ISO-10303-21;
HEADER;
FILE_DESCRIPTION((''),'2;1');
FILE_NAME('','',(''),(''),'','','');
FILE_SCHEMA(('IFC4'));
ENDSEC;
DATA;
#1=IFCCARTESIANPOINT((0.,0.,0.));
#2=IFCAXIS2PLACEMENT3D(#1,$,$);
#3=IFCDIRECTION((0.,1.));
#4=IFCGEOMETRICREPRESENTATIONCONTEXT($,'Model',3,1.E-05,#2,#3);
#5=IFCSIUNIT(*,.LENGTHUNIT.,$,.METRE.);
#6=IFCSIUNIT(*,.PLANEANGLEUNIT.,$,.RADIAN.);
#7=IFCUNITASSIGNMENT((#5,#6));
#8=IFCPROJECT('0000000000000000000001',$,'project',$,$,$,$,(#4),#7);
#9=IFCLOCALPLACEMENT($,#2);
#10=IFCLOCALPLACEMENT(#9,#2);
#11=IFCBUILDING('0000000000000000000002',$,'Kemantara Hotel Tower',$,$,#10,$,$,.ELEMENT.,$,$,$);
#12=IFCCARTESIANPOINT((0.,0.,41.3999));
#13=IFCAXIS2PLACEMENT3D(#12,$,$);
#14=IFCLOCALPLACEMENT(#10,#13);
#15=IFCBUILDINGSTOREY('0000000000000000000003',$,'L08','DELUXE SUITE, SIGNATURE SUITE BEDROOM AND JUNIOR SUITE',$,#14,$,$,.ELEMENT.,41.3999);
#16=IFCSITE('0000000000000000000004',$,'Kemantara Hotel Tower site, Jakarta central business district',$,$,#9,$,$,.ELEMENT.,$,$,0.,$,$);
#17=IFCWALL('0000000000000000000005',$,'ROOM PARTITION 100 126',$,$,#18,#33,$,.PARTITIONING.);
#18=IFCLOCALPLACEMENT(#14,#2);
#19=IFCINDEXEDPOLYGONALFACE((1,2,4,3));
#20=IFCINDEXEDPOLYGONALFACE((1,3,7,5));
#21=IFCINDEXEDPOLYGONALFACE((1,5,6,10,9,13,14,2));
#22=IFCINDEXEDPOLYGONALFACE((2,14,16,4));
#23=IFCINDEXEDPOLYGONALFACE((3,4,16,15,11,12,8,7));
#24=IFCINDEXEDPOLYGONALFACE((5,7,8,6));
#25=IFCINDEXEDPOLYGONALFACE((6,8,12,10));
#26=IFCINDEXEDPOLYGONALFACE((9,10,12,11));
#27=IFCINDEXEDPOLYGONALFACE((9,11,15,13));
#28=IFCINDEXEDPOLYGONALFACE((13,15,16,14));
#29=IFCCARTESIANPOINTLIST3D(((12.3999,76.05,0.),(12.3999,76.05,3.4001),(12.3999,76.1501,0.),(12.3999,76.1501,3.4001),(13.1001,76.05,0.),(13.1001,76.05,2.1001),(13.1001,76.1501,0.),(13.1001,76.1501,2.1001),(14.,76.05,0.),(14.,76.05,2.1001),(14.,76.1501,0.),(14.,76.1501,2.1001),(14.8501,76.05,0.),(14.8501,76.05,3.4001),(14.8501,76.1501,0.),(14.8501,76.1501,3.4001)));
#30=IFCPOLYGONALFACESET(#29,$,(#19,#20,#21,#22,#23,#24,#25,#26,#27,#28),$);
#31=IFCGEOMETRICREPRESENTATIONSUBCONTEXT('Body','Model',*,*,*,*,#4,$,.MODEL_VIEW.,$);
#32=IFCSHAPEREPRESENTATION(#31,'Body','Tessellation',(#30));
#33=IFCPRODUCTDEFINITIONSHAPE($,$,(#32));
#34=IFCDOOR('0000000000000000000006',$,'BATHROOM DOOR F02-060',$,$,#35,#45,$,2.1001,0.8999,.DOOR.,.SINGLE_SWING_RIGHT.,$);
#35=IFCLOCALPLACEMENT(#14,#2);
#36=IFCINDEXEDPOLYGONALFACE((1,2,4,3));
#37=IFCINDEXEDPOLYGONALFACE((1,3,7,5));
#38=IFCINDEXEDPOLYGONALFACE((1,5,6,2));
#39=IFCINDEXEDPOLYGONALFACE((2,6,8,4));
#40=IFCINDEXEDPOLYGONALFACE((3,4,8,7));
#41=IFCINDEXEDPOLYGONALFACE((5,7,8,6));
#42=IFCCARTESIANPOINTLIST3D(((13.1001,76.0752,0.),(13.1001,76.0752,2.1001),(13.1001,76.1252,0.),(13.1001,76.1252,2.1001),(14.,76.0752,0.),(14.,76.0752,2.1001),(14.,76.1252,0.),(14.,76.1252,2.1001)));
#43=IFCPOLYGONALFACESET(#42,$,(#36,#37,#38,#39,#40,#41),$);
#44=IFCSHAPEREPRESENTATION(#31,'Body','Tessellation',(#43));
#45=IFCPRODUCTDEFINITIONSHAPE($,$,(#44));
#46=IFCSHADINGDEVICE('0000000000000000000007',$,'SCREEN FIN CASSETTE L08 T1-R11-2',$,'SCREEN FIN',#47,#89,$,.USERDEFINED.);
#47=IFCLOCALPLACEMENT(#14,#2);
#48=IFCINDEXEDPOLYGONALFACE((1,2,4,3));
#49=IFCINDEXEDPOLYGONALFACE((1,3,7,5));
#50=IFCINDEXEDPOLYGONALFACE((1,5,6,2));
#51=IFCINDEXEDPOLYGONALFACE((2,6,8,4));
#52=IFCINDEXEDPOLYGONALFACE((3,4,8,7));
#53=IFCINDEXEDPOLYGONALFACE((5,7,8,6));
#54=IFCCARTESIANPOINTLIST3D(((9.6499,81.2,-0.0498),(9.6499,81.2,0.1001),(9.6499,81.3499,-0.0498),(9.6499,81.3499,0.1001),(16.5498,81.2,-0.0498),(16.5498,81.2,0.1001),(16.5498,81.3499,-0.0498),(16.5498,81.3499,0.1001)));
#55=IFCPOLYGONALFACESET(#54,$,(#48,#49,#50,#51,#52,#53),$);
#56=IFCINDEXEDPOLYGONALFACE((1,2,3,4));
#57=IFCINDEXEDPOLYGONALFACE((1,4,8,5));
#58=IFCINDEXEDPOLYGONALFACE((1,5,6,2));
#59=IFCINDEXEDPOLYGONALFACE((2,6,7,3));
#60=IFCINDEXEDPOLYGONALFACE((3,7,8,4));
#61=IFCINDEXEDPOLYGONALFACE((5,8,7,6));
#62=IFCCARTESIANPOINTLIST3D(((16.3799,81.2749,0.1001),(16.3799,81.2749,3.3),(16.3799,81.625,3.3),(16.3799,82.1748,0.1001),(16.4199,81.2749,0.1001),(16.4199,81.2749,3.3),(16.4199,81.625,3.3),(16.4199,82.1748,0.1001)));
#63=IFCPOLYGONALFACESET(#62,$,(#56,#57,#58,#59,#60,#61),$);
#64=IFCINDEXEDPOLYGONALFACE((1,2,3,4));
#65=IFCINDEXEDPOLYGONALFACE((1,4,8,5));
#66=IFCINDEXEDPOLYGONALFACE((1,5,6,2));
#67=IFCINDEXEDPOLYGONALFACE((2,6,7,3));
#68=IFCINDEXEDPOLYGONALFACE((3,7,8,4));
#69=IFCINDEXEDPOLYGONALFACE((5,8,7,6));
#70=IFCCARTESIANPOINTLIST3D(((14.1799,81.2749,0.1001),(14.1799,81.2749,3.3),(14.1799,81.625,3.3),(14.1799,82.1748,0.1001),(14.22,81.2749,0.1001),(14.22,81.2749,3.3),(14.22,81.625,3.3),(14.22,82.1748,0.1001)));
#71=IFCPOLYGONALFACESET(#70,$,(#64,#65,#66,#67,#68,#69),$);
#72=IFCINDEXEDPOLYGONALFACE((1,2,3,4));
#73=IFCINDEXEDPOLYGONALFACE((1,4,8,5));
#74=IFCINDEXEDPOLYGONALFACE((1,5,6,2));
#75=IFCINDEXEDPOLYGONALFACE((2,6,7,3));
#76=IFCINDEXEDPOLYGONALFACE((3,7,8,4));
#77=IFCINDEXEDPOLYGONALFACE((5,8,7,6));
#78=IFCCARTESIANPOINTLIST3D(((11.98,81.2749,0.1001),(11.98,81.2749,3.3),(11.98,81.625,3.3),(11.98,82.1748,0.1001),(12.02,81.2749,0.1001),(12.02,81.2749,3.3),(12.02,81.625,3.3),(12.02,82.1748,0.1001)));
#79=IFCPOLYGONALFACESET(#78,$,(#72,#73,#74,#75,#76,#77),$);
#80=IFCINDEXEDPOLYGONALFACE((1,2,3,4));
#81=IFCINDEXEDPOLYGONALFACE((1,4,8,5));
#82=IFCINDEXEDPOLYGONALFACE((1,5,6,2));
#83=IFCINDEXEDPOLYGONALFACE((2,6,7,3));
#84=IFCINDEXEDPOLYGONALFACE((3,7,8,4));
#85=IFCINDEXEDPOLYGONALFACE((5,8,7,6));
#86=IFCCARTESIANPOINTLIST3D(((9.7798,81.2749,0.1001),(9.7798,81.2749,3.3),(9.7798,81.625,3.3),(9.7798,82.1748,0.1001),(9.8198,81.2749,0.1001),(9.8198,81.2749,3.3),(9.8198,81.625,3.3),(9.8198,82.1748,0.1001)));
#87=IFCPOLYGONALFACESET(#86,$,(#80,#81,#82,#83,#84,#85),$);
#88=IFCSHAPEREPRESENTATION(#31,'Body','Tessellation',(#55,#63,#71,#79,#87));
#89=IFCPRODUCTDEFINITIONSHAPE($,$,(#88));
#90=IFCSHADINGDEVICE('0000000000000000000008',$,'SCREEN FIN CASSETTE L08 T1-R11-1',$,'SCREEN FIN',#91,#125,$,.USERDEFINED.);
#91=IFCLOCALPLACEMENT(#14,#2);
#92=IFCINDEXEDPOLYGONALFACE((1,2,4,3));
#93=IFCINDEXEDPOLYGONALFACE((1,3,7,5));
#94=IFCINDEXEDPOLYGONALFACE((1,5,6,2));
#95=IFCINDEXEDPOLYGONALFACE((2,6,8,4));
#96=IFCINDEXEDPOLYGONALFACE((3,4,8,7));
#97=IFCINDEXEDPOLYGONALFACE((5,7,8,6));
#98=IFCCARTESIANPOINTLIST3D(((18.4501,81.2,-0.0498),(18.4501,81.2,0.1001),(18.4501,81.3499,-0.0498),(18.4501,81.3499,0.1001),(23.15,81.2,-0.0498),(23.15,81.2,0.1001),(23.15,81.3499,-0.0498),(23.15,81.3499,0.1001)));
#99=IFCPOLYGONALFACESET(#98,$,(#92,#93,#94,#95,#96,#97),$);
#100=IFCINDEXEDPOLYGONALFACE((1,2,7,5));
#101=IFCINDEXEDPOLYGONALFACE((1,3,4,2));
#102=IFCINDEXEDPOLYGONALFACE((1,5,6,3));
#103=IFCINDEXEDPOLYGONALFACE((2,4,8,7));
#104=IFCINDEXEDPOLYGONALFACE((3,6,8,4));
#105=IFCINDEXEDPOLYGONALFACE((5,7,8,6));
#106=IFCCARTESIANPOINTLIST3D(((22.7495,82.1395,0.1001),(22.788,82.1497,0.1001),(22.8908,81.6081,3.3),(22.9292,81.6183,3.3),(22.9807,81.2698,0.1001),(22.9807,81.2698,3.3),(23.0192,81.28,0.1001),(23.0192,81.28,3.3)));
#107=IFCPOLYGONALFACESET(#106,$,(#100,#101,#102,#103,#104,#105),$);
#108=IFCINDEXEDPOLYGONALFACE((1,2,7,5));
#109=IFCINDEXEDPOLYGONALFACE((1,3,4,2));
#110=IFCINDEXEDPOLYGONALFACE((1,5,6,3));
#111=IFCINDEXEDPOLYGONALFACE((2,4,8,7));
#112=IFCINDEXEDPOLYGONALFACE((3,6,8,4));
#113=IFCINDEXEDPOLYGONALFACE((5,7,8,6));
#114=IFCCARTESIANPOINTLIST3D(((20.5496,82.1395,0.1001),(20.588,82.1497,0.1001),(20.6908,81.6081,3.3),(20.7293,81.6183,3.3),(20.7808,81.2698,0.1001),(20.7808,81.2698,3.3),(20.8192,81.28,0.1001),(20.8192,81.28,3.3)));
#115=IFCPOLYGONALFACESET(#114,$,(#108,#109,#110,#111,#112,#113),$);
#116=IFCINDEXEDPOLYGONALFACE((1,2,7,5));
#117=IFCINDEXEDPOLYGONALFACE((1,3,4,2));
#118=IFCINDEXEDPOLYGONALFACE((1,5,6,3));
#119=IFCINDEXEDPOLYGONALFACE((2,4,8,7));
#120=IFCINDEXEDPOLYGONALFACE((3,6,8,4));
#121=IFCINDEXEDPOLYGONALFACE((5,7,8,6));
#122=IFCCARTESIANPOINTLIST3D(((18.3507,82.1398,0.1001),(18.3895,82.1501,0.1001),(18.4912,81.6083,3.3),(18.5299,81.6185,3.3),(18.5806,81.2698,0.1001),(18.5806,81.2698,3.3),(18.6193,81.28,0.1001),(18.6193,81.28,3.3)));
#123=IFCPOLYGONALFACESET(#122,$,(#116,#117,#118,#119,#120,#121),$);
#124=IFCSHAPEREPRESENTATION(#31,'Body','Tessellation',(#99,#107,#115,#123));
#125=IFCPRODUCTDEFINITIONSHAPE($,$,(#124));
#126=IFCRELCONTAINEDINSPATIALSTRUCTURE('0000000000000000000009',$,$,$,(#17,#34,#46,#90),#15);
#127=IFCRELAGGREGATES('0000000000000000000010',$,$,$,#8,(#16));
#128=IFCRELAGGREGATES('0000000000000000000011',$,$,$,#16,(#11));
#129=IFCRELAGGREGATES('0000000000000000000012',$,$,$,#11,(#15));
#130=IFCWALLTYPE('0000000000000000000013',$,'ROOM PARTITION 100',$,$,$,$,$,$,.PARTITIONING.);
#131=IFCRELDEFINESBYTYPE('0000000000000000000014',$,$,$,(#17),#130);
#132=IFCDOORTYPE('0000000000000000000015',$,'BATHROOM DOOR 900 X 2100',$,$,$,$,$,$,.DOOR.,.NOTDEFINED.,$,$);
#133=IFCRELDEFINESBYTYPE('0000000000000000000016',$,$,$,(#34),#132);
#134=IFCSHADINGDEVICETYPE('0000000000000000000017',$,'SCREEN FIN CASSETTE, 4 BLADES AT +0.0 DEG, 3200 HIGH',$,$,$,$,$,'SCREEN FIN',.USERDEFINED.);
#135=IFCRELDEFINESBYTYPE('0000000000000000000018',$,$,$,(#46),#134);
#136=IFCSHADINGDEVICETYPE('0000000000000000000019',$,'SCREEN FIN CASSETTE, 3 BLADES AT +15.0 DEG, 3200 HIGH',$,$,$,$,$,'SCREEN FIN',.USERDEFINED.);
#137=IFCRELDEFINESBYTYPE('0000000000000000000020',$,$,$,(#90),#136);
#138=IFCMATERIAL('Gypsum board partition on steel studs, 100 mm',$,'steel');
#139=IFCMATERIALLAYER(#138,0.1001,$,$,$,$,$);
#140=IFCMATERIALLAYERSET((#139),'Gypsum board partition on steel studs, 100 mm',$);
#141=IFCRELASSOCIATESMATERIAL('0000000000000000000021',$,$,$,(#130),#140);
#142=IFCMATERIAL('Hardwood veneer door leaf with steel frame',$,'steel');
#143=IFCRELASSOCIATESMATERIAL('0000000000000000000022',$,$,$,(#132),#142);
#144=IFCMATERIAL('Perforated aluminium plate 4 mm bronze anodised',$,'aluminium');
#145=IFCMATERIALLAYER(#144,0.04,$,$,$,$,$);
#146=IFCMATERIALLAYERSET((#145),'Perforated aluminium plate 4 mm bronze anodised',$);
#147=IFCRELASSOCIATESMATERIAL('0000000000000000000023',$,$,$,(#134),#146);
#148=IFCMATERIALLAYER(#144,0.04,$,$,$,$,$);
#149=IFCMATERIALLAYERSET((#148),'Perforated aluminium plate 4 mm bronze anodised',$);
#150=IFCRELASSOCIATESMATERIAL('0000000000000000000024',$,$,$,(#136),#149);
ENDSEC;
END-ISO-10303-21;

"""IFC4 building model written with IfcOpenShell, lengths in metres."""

from ifc_helpers import new_model, si_unit, direction, frame, frame_2d, origin, origin_2d, place, context, subcontext, project, spatial, polyline, rectangle, outline, extrude, source, transform, mapped, material, layer, layer_set, type_object, element, fill, save


model = new_model("IFC4")

# Units and contexts
model_context = context("Model", 3, precision=1e-05, world=origin(), true_north=direction((0.0, 1.0)))
body_context = subcontext(model_context, "Body", "Model", "MODEL_VIEW")
ifc_project = project(units=[si_unit("LENGTHUNIT", "METRE"), si_unit("PLANEANGLEUNIT", "RADIAN")], contexts=[model_context])

# Site, building, storey
site_placement = place(None, origin())
site = spatial("IfcSite", under=ifc_project, at=site_placement, Name="Kemantara Hotel Tower site, Jakarta central business district", CompositionType="ELEMENT", RefElevation=0.0)
building_placement = place(site_placement, origin())
building = spatial("IfcBuilding", under=site, at=building_placement, Name="Kemantara Hotel Tower", CompositionType="ELEMENT")
storey_placement = place(building_placement, frame((0.0, 0.0, 41.3999)))
storey = spatial("IfcBuildingStorey", under=building, at=storey_placement, Name="L08", Description="DELUXE SUITE, SIGNATURE SUITE BEDROOM AND JUNIOR SUITE", CompositionType="ELEMENT", Elevation=41.3999)

# Shared definitions
ifc_material_1 = material(Name="Hardwood veneer door leaf with steel frame", Category="steel")

# Shared definitions
ifc_material_2 = material(Name="Gypsum board partition on steel studs, 100 mm", Category="steel")
ifc_layer_1 = layer(ifc_material_2, 0.1001)
ifc_layer_set_1 = layer_set([ifc_layer_1], Name="Gypsum board partition on steel studs, 100 mm")
wall_type_1 = type_object("IfcWallType", Name="ROOM PARTITION 100", PredefinedType="PARTITIONING", material=ifc_layer_set_1)

# Wall, opening, door
wall_1_placement = place(storey_placement, frame((14.8501, 76.1001, 0.0), z_axis=(0.0, 0.0, 1.0), x_axis=(-1.0, 0.0, 0.0)))
wall_1 = element("IfcWall", 1, at=wall_1_placement, inside=storey, type_object=wall_type_1, Name="ROOM PARTITION 100 126", PredefinedType="PARTITIONING", context=body_context, shape_type="SweptSolid", body=[
    extrude(rectangle(XDim=2.4502, YDim=0.1001, at=frame_2d((1.2251, 0.0))), origin(), (0.0, 0.0, 1.0), 3.4001),
])
opening_1_placement = place(wall_1_placement, frame((0.8501, 0.0, 0.0)))
opening_1 = element("IfcOpeningElement", 2, at=opening_1_placement, cuts=wall_1, PredefinedType="OPENING", context=body_context, shape_type="SweptSolid", body=[
    extrude(rectangle(XDim=0.8999, YDim=2.1001, at=frame_2d((0.45, 1.05))), frame((0.0, 0.0601, 0.0), z_axis=(0.0, -1.0, 0.0), x_axis=(1.0, 0.0, 0.0)), (0.0, 0.0, 1.0), 0.1201),
])
door_type_1 = type_object("IfcDoorType", Name="BATHROOM DOOR 900 X 2100", OperationType="NOTDEFINED", PredefinedType="DOOR", material=ifc_material_1)
door_1_placement = place(opening_1_placement, origin())
door_1 = element("IfcDoor", 3, at=door_1_placement, inside=storey, type_object=door_type_1, Name="BATHROOM DOOR F02-060", OperationType="SINGLE_SWING_RIGHT", OverallHeight=2.1001, OverallWidth=0.8999, PredefinedType="DOOR", context=body_context, shape_type="SweptSolid", body=[
    extrude(rectangle(XDim=0.8999, YDim=2.1001, at=frame_2d((0.45, 1.05))), frame((0.0, 0.0249, 0.0), z_axis=(0.0, -1.0, 0.0), x_axis=(1.0, 0.0, 0.0)), (0.0, 0.0, 1.0), 0.05),
])
fill(opening_1, door_1)

# Shading devices
ifc_material_3 = material(Name="Perforated aluminium plate 4 mm bronze anodised", Category="aluminium")
ifc_layer_2 = layer(ifc_material_3, 0.04)
ifc_layer_set_2 = layer_set([ifc_layer_2], Name="Perforated aluminium plate 4 mm bronze anodised")
shading_device_type_1 = type_object("IfcShadingDeviceType", Name="SCREEN FIN CASSETTE, 4 BLADES AT +0.0 DEG, 3200 HIGH", ElementType="SCREEN FIN", PredefinedType="USERDEFINED", material=ifc_layer_set_2)
shared_shape_1 = source(origin(), body_context, "Body", "SweptSolid", [
    extrude(rectangle(XDim=6.8999, YDim=0.1499, at=origin_2d()), frame((3.3, -0.075, -0.1499), z_axis=(0.0, 0.0, 1.0), x_axis=(1.0, 0.0, 0.0)), (0.0, 0.0, 1.0), 0.1499),
    extrude(outline(polyline([(0.0, 0.0), (0.8999, 0.0), (0.3501, 3.2), (0.0, 3.2), (0.0, 0.0)])), frame((0.02, -0.075, 0.0), z_axis=(-1.0, 0.0, 0.0), x_axis=(0.0, -1.0, 0.0)), (0.0, 0.0, 1.0), 0.04),
    extrude(outline(polyline([(0.0, 0.0), (0.8999, 0.0), (0.3501, 3.2), (0.0, 3.2), (0.0, 0.0)])), frame((2.22, -0.075, 0.0), z_axis=(-1.0, 0.0, 0.0), x_axis=(0.0, -1.0, 0.0)), (0.0, 0.0, 1.0), 0.04),
    extrude(outline(polyline([(0.0, 0.0), (0.8999, 0.0), (0.3501, 3.2), (0.0, 3.2), (0.0, 0.0)])), frame((4.4199, -0.075, 0.0), z_axis=(-1.0, 0.0, 0.0), x_axis=(0.0, -1.0, 0.0)), (0.0, 0.0, 1.0), 0.04),
    extrude(outline(polyline([(0.0, 0.0), (0.8999, 0.0), (0.3501, 3.2), (0.0, 3.2), (0.0, 0.0)])), frame((6.6201, -0.075, 0.0), z_axis=(-1.0, 0.0, 0.0), x_axis=(0.0, -1.0, 0.0)), (0.0, 0.0, 1.0), 0.04),
])
shading_device_1_placement = place(storey_placement, frame((16.3999, 81.2, 0.1001), z_axis=(0.0, 0.0, 1.0), x_axis=(-1.0, 0.0, 0.0)))
element("IfcShadingDevice", 4, at=shading_device_1_placement, inside=storey, type_object=shading_device_type_1, Name="SCREEN FIN CASSETTE L08 T1-R11-2", ObjectType="SCREEN FIN", PredefinedType="USERDEFINED", context=body_context, shape_type="MappedRepresentation", body=[
    mapped(shared_shape_1, transform((0.0, 0.0, 0.0))),
])
ifc_layer_3 = layer(ifc_material_3, 0.04)
ifc_layer_set_3 = layer_set([ifc_layer_3], Name="Perforated aluminium plate 4 mm bronze anodised")
shading_device_type_2 = type_object("IfcShadingDeviceType", Name="SCREEN FIN CASSETTE, 3 BLADES AT +15.0 DEG, 3200 HIGH", ElementType="SCREEN FIN", PredefinedType="USERDEFINED", material=ifc_layer_set_3)
shared_shape_2 = source(origin(), body_context, "Body", "SweptSolid", [
    extrude(rectangle(XDim=4.7, YDim=0.1499, at=origin_2d()), frame((2.2, -0.075, -0.1499), z_axis=(0.0, 0.0, 1.0), x_axis=(1.0, 0.0, 0.0)), (0.0, 0.0, 1.0), 0.1499),
    extrude(outline(polyline([(0.0, 0.0), (0.8999, 0.0), (0.3501, 3.2), (0.0, 3.2), (0.0, 0.0)])), frame((0.0193, -0.0698, 0.0), z_axis=(-0.966438, -0.256901, 0.0), x_axis=(0.256901, -0.966438, 0.0)), (0.0, 0.0, 1.0), 0.0398),
    extrude(outline(polyline([(0.0, 0.0), (0.8999, 0.0), (0.3501, 3.2), (0.0, 3.2), (0.0, 0.0)])), frame((2.2192, -0.0698, 0.0), z_axis=(-0.966438, -0.256901, 0.0), x_axis=(0.256901, -0.966438, 0.0)), (0.0, 0.0, 1.0), 0.0398),
    extrude(outline(polyline([(0.0, 0.0), (0.8999, 0.0), (0.3501, 3.2), (0.0, 3.2), (0.0, 0.0)])), frame((4.4194, -0.0698, 0.0), z_axis=(-0.966838, -0.255391, 0.0), x_axis=(0.255391, -0.966838, 0.0)), (0.0, 0.0, 1.0), 0.04),
])
shading_device_2_placement = place(storey_placement, frame((23.0, 81.2, 0.1001), z_axis=(0.0, 0.0, 1.0), x_axis=(-1.0, 0.0, 0.0)))
element("IfcShadingDevice", 5, at=shading_device_2_placement, inside=storey, type_object=shading_device_type_2, Name="SCREEN FIN CASSETTE L08 T1-R11-1", ObjectType="SCREEN FIN", PredefinedType="USERDEFINED", context=body_context, shape_type="MappedRepresentation", body=[
    mapped(shared_shape_2, transform((0.0, 0.0, 0.0))),
])

save(model, "model.ifc")
